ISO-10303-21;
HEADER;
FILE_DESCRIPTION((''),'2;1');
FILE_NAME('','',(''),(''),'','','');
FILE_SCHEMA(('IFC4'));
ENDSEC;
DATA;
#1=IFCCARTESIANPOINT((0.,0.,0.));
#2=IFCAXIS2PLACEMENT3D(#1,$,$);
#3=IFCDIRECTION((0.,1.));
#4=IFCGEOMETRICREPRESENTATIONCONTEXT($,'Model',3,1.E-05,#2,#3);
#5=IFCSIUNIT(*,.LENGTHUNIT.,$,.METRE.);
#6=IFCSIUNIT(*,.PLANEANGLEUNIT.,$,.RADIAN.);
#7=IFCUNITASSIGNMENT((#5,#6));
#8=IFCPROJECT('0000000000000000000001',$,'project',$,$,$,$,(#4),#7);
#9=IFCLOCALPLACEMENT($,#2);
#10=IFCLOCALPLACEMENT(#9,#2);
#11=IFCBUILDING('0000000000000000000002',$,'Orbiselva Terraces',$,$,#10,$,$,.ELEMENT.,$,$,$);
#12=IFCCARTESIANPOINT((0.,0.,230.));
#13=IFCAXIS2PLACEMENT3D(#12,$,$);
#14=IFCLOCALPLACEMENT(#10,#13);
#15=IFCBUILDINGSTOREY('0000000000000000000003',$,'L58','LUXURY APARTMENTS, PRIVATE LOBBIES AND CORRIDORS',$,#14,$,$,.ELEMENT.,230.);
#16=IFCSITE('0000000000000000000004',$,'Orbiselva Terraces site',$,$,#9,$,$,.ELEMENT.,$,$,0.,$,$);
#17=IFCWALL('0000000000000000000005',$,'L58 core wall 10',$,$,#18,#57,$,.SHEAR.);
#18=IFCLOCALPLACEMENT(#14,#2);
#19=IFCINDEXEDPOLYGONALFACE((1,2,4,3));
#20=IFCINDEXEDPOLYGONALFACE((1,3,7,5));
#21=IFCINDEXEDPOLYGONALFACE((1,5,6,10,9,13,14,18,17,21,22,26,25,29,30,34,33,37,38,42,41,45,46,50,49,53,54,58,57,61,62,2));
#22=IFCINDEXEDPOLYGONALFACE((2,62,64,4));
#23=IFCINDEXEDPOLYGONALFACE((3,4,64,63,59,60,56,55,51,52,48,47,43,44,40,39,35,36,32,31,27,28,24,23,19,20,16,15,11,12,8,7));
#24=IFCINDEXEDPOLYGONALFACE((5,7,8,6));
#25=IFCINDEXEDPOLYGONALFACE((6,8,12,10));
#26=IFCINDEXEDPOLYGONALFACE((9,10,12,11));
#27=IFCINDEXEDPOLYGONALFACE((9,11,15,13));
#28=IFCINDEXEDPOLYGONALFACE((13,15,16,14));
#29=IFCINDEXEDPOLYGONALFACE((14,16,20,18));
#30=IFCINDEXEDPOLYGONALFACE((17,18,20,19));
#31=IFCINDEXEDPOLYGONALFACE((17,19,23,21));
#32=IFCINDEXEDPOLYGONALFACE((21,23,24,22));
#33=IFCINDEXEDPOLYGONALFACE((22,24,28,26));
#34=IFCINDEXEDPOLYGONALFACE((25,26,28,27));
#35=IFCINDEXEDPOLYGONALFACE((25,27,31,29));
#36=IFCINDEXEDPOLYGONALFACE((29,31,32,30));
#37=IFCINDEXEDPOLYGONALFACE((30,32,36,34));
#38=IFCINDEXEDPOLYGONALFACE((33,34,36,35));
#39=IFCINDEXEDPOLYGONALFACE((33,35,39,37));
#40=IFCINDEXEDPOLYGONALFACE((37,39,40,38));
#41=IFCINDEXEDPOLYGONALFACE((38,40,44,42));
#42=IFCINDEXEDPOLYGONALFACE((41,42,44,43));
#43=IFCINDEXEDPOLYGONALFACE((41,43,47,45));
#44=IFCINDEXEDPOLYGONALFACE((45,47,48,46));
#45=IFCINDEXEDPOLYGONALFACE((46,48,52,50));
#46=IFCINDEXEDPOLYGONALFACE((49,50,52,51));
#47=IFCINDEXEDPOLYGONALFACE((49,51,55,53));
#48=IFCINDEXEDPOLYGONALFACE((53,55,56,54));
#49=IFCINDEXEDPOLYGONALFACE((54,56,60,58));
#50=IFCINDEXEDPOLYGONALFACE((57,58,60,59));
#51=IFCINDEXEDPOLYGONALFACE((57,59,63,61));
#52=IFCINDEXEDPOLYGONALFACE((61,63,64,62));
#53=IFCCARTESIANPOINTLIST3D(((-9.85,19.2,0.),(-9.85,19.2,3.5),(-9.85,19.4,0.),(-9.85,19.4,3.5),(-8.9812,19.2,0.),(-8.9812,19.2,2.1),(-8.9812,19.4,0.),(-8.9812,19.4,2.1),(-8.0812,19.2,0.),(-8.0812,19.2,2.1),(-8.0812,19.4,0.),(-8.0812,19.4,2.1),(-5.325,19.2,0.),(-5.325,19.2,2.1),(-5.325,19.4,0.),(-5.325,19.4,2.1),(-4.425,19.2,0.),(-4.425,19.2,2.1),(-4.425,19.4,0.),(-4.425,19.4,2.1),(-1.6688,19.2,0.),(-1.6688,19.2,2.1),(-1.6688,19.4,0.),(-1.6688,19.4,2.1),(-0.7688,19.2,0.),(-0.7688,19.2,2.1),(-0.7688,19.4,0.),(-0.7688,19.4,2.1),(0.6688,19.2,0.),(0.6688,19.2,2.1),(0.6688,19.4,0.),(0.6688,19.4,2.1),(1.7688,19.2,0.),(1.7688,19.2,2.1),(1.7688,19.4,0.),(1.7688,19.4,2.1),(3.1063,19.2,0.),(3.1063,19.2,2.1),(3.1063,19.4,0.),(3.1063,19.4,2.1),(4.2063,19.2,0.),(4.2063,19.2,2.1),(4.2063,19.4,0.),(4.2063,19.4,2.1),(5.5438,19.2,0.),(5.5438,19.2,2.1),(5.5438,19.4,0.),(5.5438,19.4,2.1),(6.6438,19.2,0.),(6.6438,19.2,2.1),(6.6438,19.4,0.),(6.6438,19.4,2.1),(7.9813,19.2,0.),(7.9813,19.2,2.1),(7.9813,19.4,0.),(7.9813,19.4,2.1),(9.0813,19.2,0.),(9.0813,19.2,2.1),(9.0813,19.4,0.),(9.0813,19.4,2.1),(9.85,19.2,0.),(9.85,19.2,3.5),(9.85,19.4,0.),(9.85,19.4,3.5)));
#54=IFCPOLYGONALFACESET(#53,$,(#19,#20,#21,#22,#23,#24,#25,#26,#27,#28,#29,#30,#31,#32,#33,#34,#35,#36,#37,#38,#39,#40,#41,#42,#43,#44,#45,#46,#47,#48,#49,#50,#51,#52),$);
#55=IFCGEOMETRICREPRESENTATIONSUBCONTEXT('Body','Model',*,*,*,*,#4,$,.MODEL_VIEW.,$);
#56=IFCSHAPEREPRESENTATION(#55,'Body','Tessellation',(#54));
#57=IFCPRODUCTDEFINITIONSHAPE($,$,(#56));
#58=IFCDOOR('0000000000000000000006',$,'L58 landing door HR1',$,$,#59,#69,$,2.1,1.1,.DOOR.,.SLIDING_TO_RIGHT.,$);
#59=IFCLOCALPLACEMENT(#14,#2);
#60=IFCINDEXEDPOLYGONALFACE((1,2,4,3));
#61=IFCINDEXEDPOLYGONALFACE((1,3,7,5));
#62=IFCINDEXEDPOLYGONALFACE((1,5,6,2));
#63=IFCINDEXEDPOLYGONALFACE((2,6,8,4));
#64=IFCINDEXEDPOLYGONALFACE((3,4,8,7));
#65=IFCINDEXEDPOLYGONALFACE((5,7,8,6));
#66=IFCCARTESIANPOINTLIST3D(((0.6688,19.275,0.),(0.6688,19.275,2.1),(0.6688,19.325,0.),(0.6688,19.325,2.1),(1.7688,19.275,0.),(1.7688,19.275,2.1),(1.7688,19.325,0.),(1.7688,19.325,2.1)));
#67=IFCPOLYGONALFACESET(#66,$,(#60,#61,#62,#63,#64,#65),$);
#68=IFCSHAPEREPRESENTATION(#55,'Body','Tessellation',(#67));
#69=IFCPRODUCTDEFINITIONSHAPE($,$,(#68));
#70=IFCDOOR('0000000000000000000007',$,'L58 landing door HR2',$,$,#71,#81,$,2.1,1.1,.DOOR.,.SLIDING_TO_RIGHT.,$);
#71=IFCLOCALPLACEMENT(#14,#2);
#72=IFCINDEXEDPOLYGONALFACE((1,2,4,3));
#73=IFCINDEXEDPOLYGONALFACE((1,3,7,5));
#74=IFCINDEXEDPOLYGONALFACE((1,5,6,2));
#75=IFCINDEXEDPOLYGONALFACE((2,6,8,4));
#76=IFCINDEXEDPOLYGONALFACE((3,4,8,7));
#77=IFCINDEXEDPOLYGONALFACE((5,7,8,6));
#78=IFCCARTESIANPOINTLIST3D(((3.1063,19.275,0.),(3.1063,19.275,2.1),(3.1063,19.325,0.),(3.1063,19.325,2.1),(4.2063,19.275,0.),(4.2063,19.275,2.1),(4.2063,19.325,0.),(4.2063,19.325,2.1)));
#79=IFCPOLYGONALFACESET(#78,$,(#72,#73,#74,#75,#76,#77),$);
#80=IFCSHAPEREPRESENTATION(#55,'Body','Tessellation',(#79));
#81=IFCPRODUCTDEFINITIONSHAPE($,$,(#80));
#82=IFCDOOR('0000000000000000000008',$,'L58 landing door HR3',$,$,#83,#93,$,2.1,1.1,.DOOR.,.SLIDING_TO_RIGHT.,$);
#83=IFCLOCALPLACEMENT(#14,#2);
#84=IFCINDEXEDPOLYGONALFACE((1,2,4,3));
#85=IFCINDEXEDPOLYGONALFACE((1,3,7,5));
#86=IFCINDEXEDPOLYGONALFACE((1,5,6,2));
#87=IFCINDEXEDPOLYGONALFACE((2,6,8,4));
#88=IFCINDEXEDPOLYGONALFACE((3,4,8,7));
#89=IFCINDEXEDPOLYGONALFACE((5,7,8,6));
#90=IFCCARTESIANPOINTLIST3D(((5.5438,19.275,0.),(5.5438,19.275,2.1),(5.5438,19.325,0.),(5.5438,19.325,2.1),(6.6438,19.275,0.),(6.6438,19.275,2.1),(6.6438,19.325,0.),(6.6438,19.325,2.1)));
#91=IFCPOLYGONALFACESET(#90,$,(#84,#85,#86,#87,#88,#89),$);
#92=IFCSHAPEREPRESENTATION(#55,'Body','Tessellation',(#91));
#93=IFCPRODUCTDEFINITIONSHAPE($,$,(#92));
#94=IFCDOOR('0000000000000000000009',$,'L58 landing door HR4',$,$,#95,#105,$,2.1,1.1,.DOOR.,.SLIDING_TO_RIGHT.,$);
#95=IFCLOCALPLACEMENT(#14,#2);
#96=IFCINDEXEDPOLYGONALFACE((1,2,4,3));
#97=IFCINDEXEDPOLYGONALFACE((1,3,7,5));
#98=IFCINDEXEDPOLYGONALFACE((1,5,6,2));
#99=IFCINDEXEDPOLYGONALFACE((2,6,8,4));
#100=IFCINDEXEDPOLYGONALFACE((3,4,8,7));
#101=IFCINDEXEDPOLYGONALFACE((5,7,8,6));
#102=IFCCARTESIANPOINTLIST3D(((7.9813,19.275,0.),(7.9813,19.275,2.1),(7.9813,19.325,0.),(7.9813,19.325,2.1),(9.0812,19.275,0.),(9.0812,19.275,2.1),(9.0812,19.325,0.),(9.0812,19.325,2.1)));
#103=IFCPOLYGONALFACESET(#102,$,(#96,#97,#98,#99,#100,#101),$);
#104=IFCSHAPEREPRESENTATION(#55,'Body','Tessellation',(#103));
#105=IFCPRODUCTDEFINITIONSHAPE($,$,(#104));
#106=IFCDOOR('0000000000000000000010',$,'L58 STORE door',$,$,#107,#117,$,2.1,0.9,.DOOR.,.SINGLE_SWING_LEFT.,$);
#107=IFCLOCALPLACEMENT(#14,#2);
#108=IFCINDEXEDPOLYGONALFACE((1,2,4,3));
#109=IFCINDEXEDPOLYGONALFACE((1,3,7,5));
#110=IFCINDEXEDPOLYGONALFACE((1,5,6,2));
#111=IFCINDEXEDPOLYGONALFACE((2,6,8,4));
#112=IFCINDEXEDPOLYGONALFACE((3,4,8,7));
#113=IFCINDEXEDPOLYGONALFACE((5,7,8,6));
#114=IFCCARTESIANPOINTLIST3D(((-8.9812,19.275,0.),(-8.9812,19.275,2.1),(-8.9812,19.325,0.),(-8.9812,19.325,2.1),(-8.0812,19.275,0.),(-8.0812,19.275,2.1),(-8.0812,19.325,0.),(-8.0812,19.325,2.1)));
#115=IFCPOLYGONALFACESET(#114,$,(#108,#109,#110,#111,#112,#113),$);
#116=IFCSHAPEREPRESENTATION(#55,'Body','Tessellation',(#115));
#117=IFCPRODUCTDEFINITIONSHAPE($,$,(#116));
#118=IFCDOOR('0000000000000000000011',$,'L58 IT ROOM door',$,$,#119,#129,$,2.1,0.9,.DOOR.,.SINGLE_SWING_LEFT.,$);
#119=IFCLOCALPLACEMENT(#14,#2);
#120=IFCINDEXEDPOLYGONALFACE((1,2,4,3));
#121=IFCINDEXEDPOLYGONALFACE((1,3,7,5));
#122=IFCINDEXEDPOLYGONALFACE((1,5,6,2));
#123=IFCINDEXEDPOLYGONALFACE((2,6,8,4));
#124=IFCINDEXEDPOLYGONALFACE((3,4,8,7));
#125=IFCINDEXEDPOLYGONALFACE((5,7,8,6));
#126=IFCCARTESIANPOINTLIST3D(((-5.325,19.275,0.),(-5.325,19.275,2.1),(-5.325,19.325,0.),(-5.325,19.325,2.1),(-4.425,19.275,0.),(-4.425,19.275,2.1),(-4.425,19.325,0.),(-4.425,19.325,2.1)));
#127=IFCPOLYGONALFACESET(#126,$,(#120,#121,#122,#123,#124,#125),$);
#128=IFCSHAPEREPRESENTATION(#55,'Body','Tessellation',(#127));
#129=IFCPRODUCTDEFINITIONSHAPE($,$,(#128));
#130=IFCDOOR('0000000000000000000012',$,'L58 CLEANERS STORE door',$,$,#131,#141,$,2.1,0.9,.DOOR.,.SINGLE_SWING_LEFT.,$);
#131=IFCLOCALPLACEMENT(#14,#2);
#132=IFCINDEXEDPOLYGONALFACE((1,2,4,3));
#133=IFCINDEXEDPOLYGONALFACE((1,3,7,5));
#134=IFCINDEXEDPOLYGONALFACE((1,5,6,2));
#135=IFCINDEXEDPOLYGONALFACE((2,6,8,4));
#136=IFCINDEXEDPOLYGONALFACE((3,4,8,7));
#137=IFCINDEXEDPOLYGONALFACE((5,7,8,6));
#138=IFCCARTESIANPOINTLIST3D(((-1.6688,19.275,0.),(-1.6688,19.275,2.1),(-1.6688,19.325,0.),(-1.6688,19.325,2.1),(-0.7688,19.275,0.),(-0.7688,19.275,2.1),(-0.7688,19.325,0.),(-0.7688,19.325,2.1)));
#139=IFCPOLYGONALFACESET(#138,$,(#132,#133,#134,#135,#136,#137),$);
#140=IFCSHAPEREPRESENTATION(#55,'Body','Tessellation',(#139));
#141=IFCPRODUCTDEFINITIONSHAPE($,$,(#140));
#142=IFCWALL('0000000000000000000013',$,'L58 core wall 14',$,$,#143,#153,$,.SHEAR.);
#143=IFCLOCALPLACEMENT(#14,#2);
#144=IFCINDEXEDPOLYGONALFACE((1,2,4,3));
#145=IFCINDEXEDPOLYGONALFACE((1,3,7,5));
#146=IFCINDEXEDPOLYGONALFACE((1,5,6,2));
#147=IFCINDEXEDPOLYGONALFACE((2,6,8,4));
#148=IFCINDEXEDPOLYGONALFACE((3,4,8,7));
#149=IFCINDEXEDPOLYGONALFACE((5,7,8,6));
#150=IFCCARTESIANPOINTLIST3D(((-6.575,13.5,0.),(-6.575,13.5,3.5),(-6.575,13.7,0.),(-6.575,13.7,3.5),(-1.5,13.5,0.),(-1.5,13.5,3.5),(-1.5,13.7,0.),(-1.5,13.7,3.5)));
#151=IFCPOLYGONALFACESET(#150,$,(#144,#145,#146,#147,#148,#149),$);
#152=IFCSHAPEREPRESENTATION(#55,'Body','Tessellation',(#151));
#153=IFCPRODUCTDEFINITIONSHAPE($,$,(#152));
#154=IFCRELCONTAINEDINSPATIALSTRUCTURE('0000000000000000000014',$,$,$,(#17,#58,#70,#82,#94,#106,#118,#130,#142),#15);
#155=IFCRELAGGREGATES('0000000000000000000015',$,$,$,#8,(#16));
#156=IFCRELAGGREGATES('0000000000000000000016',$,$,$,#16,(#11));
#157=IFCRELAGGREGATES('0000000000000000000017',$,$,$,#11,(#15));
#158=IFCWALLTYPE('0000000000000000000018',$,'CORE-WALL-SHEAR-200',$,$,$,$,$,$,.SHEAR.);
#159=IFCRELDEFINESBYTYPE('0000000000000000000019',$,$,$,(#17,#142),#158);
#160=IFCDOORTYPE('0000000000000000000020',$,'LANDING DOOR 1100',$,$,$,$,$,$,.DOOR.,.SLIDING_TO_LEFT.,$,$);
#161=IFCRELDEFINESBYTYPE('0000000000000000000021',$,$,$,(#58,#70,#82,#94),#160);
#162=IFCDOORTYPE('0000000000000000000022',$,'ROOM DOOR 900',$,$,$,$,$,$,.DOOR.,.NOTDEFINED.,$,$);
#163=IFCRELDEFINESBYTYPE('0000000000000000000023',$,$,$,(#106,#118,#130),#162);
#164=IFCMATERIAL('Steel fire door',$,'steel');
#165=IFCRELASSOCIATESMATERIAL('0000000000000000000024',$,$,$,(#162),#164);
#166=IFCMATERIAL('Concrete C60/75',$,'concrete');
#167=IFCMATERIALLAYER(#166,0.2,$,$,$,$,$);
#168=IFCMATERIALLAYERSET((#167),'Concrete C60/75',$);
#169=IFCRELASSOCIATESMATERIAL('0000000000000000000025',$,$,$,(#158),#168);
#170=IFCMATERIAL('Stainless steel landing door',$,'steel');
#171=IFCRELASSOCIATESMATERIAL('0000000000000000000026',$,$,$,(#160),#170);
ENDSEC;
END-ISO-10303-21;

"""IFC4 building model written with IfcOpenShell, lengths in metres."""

from ifc_helpers import new_model, si_unit, direction, frame, frame_2d, origin, place, context, subcontext, project, spatial, rectangle, extrude, material, layer, layer_set, type_object, element, fill, save


model = new_model("IFC4")

# Units and contexts
model_context = context("Model", 3, precision=1e-05, world=origin(), true_north=direction((0.0, 1.0)))
body_context = subcontext(model_context, "Body", "Model", "MODEL_VIEW")
ifc_project = project(units=[si_unit("LENGTHUNIT", "METRE"), si_unit("PLANEANGLEUNIT", "RADIAN")], contexts=[model_context])

# Site, building, storey
site_placement = place(None, origin())
site = spatial("IfcSite", under=ifc_project, at=site_placement, Name="Orbiselva Terraces site", CompositionType="ELEMENT", RefElevation=0.0)
building_placement = place(site_placement, origin())
building = spatial("IfcBuilding", under=site, at=building_placement, Name="Orbiselva Terraces", CompositionType="ELEMENT")
storey_placement = place(building_placement, frame((0.0, 0.0, 230.0)))
storey = spatial("IfcBuildingStorey", under=building, at=storey_placement, Name="L58", Description="LUXURY APARTMENTS, PRIVATE LOBBIES AND CORRIDORS", CompositionType="ELEMENT", Elevation=230.0)

# Shared definitions
ifc_material_1 = material(Name="Steel fire door", Category="steel")
door_type_1 = type_object("IfcDoorType", Name="ROOM DOOR 900", OperationType="NOTDEFINED", PredefinedType="DOOR", material=ifc_material_1)

# Shared definitions
ifc_material_2 = material(Name="Concrete C60/75", Category="concrete")
ifc_layer_1 = layer(ifc_material_2, 0.2)
ifc_layer_set_1 = layer_set([ifc_layer_1], Name="Concrete C60/75")
wall_type_1 = type_object("IfcWallType", Name="CORE-WALL-SHEAR-200", PredefinedType="SHEAR", material=ifc_layer_set_1)

# Wall, openings, doors
wall_1_placement = place(storey_placement, frame((-9.85, 19.3, 0.0), z_axis=(0.0, 0.0, 1.0), x_axis=(1.0, 0.0, 0.0)))
wall_1 = element("IfcWall", 1, at=wall_1_placement, inside=storey, type_object=wall_type_1, Name="L58 core wall 10", PredefinedType="SHEAR", context=body_context, shape_type="SweptSolid", body=[
    extrude(rectangle(XDim=19.7, YDim=0.2, at=frame_2d((9.85, 0.0))), origin(), (0.0, 0.0, 1.0), 3.5),
])
opening_1_placement = place(wall_1_placement, frame((10.5188, 0.0, 0.0)))
opening_1 = element("IfcOpeningElement", 2, at=opening_1_placement, cuts=wall_1, PredefinedType="OPENING", context=body_context, shape_type="SweptSolid", body=[
    extrude(rectangle(XDim=1.1, YDim=2.1, at=frame_2d((0.55, 1.05))), frame((0.0, 0.11, 0.0), z_axis=(0.0, -1.0, 0.0), x_axis=(1.0, 0.0, 0.0)), (0.0, 0.0, 1.0), 0.22),
])
opening_2_placement = place(wall_1_placement, frame((12.9563, 0.0, 0.0)))
opening_2 = element("IfcOpeningElement", 3, at=opening_2_placement, cuts=wall_1, PredefinedType="OPENING", context=body_context, shape_type="SweptSolid", body=[
    extrude(rectangle(XDim=1.1, YDim=2.1, at=frame_2d((0.55, 1.05))), frame((0.0, 0.11, 0.0), z_axis=(0.0, -1.0, 0.0), x_axis=(1.0, 0.0, 0.0)), (0.0, 0.0, 1.0), 0.22),
])
opening_3_placement = place(wall_1_placement, frame((15.3938, 0.0, 0.0)))
opening_3 = element("IfcOpeningElement", 4, at=opening_3_placement, cuts=wall_1, PredefinedType="OPENING", context=body_context, shape_type="SweptSolid", body=[
    extrude(rectangle(XDim=1.1, YDim=2.1, at=frame_2d((0.55, 1.05))), frame((0.0, 0.11, 0.0), z_axis=(0.0, -1.0, 0.0), x_axis=(1.0, 0.0, 0.0)), (0.0, 0.0, 1.0), 0.22),
])
opening_4_placement = place(wall_1_placement, frame((17.8313, 0.0, 0.0)))
opening_4 = element("IfcOpeningElement", 5, at=opening_4_placement, cuts=wall_1, PredefinedType="OPENING", context=body_context, shape_type="SweptSolid", body=[
    extrude(rectangle(XDim=1.1, YDim=2.1, at=frame_2d((0.55, 1.05))), frame((0.0, 0.11, 0.0), z_axis=(0.0, -1.0, 0.0), x_axis=(1.0, 0.0, 0.0)), (0.0, 0.0, 1.0), 0.22),
])
opening_5_placement = place(wall_1_placement, frame((0.8688, 0.0, 0.0)))
opening_5 = element("IfcOpeningElement", 6, at=opening_5_placement, cuts=wall_1, PredefinedType="OPENING", context=body_context, shape_type="SweptSolid", body=[
    extrude(rectangle(XDim=0.9, YDim=2.1, at=frame_2d((0.45, 1.05))), frame((0.0, 0.11, 0.0), z_axis=(0.0, -1.0, 0.0), x_axis=(1.0, 0.0, 0.0)), (0.0, 0.0, 1.0), 0.22),
])
opening_6_placement = place(wall_1_placement, frame((4.525, 0.0, 0.0)))
opening_6 = element("IfcOpeningElement", 7, at=opening_6_placement, cuts=wall_1, PredefinedType="OPENING", context=body_context, shape_type="SweptSolid", body=[
    extrude(rectangle(XDim=0.9, YDim=2.1, at=frame_2d((0.45, 1.05))), frame((0.0, 0.11, 0.0), z_axis=(0.0, -1.0, 0.0), x_axis=(1.0, 0.0, 0.0)), (0.0, 0.0, 1.0), 0.22),
])
opening_7_placement = place(wall_1_placement, frame((8.1812, 0.0, 0.0)))
opening_7 = element("IfcOpeningElement", 8, at=opening_7_placement, cuts=wall_1, PredefinedType="OPENING", context=body_context, shape_type="SweptSolid", body=[
    extrude(rectangle(XDim=0.9, YDim=2.1, at=frame_2d((0.45, 1.05))), frame((0.0, 0.11, 0.0), z_axis=(0.0, -1.0, 0.0), x_axis=(1.0, 0.0, 0.0)), (0.0, 0.0, 1.0), 0.22),
])
ifc_material_3 = material(Name="Stainless steel landing door", Category="steel")
door_type_2 = type_object("IfcDoorType", Name="LANDING DOOR 1100", OperationType="SLIDING_TO_LEFT", PredefinedType="DOOR", material=ifc_material_3)
door_1_placement = place(opening_1_placement, origin())
door_1 = element("IfcDoor", 9, at=door_1_placement, inside=storey, type_object=door_type_2, Name="L58 landing door HR1", OperationType="SLIDING_TO_RIGHT", OverallHeight=2.1, OverallWidth=1.1, PredefinedType="DOOR", context=body_context, shape_type="SweptSolid", body=[
    extrude(rectangle(XDim=1.1, YDim=2.1, at=frame_2d((0.55, 1.05))), frame((0.0, 0.025, 0.0), z_axis=(0.0, -1.0, 0.0), x_axis=(1.0, 0.0, 0.0)), (0.0, 0.0, 1.0), 0.05),
])
fill(opening_1, door_1)
door_2_placement = place(opening_2_placement, origin())
door_2 = element("IfcDoor", 10, at=door_2_placement, inside=storey, type_object=door_type_2, Name="L58 landing door HR2", OperationType="SLIDING_TO_RIGHT", OverallHeight=2.1, OverallWidth=1.1, PredefinedType="DOOR", context=body_context, shape_type="SweptSolid", body=[
    extrude(rectangle(XDim=1.1, YDim=2.1, at=frame_2d((0.55, 1.05))), frame((0.0, 0.025, 0.0), z_axis=(0.0, -1.0, 0.0), x_axis=(1.0, 0.0, 0.0)), (0.0, 0.0, 1.0), 0.05),
])
fill(opening_2, door_2)
door_3_placement = place(opening_3_placement, origin())
door_3 = element("IfcDoor", 11, at=door_3_placement, inside=storey, type_object=door_type_2, Name="L58 landing door HR3", OperationType="SLIDING_TO_RIGHT", OverallHeight=2.1, OverallWidth=1.1, PredefinedType="DOOR", context=body_context, shape_type="SweptSolid", body=[
    extrude(rectangle(XDim=1.1, YDim=2.1, at=frame_2d((0.55, 1.05))), frame((0.0, 0.025, 0.0), z_axis=(0.0, -1.0, 0.0), x_axis=(1.0, 0.0, 0.0)), (0.0, 0.0, 1.0), 0.05),
])
fill(opening_3, door_3)
door_4_placement = place(opening_4_placement, origin())
door_4 = element("IfcDoor", 12, at=door_4_placement, inside=storey, type_object=door_type_2, Name="L58 landing door HR4", OperationType="SLIDING_TO_RIGHT", OverallHeight=2.1, OverallWidth=1.1, PredefinedType="DOOR", context=body_context, shape_type="SweptSolid", body=[
    extrude(rectangle(XDim=1.1, YDim=2.1, at=frame_2d((0.55, 1.05))), frame((0.0, 0.025, 0.0), z_axis=(0.0, -1.0, 0.0), x_axis=(1.0, 0.0, 0.0)), (0.0, 0.0, 1.0), 0.05),
])
fill(opening_4, door_4)
door_5_placement = place(opening_5_placement, origin())
door_5 = element("IfcDoor", 13, at=door_5_placement, inside=storey, type_object=door_type_1, Name="L58 STORE door", OperationType="SINGLE_SWING_LEFT", OverallHeight=2.1, OverallWidth=0.9, PredefinedType="DOOR", context=body_context, shape_type="SweptSolid", body=[
    extrude(rectangle(XDim=0.9, YDim=2.1, at=frame_2d((0.45, 1.05))), frame((0.0, 0.025, 0.0), z_axis=(0.0, -1.0, 0.0), x_axis=(1.0, 0.0, 0.0)), (0.0, 0.0, 1.0), 0.05),
])
fill(opening_5, door_5)
door_6_placement = place(opening_6_placement, origin())
door_6 = element("IfcDoor", 14, at=door_6_placement, inside=storey, type_object=door_type_1, Name="L58 IT ROOM door", OperationType="SINGLE_SWING_LEFT", OverallHeight=2.1, OverallWidth=0.9, PredefinedType="DOOR", context=body_context, shape_type="SweptSolid", body=[
    extrude(rectangle(XDim=0.9, YDim=2.1, at=frame_2d((0.45, 1.05))), frame((0.0, 0.025, 0.0), z_axis=(0.0, -1.0, 0.0), x_axis=(1.0, 0.0, 0.0)), (0.0, 0.0, 1.0), 0.05),
])
fill(opening_6, door_6)
door_7_placement = place(opening_7_placement, origin())
door_7 = element("IfcDoor", 15, at=door_7_placement, inside=storey, type_object=door_type_1, Name="L58 CLEANERS STORE door", OperationType="SINGLE_SWING_LEFT", OverallHeight=2.1, OverallWidth=0.9, PredefinedType="DOOR", context=body_context, shape_type="SweptSolid", body=[
    extrude(rectangle(XDim=0.9, YDim=2.1, at=frame_2d((0.45, 1.05))), frame((0.0, 0.025, 0.0), z_axis=(0.0, -1.0, 0.0), x_axis=(1.0, 0.0, 0.0)), (0.0, 0.0, 1.0), 0.05),
])
fill(opening_7, door_7)

# Wall
wall_2_placement = place(storey_placement, frame((-6.575, 13.6, 0.0), z_axis=(0.0, 0.0, 1.0), x_axis=(1.0, 0.0, 0.0)))
element("IfcWall", 16, at=wall_2_placement, inside=storey, type_object=wall_type_1, Name="L58 core wall 14", PredefinedType="SHEAR", context=body_context, shape_type="SweptSolid", body=[
    extrude(rectangle(XDim=5.075, YDim=0.2, at=frame_2d((2.5375, 0.0))), origin(), (0.0, 0.0, 1.0), 3.5),
])

save(model, "model.ifc")
